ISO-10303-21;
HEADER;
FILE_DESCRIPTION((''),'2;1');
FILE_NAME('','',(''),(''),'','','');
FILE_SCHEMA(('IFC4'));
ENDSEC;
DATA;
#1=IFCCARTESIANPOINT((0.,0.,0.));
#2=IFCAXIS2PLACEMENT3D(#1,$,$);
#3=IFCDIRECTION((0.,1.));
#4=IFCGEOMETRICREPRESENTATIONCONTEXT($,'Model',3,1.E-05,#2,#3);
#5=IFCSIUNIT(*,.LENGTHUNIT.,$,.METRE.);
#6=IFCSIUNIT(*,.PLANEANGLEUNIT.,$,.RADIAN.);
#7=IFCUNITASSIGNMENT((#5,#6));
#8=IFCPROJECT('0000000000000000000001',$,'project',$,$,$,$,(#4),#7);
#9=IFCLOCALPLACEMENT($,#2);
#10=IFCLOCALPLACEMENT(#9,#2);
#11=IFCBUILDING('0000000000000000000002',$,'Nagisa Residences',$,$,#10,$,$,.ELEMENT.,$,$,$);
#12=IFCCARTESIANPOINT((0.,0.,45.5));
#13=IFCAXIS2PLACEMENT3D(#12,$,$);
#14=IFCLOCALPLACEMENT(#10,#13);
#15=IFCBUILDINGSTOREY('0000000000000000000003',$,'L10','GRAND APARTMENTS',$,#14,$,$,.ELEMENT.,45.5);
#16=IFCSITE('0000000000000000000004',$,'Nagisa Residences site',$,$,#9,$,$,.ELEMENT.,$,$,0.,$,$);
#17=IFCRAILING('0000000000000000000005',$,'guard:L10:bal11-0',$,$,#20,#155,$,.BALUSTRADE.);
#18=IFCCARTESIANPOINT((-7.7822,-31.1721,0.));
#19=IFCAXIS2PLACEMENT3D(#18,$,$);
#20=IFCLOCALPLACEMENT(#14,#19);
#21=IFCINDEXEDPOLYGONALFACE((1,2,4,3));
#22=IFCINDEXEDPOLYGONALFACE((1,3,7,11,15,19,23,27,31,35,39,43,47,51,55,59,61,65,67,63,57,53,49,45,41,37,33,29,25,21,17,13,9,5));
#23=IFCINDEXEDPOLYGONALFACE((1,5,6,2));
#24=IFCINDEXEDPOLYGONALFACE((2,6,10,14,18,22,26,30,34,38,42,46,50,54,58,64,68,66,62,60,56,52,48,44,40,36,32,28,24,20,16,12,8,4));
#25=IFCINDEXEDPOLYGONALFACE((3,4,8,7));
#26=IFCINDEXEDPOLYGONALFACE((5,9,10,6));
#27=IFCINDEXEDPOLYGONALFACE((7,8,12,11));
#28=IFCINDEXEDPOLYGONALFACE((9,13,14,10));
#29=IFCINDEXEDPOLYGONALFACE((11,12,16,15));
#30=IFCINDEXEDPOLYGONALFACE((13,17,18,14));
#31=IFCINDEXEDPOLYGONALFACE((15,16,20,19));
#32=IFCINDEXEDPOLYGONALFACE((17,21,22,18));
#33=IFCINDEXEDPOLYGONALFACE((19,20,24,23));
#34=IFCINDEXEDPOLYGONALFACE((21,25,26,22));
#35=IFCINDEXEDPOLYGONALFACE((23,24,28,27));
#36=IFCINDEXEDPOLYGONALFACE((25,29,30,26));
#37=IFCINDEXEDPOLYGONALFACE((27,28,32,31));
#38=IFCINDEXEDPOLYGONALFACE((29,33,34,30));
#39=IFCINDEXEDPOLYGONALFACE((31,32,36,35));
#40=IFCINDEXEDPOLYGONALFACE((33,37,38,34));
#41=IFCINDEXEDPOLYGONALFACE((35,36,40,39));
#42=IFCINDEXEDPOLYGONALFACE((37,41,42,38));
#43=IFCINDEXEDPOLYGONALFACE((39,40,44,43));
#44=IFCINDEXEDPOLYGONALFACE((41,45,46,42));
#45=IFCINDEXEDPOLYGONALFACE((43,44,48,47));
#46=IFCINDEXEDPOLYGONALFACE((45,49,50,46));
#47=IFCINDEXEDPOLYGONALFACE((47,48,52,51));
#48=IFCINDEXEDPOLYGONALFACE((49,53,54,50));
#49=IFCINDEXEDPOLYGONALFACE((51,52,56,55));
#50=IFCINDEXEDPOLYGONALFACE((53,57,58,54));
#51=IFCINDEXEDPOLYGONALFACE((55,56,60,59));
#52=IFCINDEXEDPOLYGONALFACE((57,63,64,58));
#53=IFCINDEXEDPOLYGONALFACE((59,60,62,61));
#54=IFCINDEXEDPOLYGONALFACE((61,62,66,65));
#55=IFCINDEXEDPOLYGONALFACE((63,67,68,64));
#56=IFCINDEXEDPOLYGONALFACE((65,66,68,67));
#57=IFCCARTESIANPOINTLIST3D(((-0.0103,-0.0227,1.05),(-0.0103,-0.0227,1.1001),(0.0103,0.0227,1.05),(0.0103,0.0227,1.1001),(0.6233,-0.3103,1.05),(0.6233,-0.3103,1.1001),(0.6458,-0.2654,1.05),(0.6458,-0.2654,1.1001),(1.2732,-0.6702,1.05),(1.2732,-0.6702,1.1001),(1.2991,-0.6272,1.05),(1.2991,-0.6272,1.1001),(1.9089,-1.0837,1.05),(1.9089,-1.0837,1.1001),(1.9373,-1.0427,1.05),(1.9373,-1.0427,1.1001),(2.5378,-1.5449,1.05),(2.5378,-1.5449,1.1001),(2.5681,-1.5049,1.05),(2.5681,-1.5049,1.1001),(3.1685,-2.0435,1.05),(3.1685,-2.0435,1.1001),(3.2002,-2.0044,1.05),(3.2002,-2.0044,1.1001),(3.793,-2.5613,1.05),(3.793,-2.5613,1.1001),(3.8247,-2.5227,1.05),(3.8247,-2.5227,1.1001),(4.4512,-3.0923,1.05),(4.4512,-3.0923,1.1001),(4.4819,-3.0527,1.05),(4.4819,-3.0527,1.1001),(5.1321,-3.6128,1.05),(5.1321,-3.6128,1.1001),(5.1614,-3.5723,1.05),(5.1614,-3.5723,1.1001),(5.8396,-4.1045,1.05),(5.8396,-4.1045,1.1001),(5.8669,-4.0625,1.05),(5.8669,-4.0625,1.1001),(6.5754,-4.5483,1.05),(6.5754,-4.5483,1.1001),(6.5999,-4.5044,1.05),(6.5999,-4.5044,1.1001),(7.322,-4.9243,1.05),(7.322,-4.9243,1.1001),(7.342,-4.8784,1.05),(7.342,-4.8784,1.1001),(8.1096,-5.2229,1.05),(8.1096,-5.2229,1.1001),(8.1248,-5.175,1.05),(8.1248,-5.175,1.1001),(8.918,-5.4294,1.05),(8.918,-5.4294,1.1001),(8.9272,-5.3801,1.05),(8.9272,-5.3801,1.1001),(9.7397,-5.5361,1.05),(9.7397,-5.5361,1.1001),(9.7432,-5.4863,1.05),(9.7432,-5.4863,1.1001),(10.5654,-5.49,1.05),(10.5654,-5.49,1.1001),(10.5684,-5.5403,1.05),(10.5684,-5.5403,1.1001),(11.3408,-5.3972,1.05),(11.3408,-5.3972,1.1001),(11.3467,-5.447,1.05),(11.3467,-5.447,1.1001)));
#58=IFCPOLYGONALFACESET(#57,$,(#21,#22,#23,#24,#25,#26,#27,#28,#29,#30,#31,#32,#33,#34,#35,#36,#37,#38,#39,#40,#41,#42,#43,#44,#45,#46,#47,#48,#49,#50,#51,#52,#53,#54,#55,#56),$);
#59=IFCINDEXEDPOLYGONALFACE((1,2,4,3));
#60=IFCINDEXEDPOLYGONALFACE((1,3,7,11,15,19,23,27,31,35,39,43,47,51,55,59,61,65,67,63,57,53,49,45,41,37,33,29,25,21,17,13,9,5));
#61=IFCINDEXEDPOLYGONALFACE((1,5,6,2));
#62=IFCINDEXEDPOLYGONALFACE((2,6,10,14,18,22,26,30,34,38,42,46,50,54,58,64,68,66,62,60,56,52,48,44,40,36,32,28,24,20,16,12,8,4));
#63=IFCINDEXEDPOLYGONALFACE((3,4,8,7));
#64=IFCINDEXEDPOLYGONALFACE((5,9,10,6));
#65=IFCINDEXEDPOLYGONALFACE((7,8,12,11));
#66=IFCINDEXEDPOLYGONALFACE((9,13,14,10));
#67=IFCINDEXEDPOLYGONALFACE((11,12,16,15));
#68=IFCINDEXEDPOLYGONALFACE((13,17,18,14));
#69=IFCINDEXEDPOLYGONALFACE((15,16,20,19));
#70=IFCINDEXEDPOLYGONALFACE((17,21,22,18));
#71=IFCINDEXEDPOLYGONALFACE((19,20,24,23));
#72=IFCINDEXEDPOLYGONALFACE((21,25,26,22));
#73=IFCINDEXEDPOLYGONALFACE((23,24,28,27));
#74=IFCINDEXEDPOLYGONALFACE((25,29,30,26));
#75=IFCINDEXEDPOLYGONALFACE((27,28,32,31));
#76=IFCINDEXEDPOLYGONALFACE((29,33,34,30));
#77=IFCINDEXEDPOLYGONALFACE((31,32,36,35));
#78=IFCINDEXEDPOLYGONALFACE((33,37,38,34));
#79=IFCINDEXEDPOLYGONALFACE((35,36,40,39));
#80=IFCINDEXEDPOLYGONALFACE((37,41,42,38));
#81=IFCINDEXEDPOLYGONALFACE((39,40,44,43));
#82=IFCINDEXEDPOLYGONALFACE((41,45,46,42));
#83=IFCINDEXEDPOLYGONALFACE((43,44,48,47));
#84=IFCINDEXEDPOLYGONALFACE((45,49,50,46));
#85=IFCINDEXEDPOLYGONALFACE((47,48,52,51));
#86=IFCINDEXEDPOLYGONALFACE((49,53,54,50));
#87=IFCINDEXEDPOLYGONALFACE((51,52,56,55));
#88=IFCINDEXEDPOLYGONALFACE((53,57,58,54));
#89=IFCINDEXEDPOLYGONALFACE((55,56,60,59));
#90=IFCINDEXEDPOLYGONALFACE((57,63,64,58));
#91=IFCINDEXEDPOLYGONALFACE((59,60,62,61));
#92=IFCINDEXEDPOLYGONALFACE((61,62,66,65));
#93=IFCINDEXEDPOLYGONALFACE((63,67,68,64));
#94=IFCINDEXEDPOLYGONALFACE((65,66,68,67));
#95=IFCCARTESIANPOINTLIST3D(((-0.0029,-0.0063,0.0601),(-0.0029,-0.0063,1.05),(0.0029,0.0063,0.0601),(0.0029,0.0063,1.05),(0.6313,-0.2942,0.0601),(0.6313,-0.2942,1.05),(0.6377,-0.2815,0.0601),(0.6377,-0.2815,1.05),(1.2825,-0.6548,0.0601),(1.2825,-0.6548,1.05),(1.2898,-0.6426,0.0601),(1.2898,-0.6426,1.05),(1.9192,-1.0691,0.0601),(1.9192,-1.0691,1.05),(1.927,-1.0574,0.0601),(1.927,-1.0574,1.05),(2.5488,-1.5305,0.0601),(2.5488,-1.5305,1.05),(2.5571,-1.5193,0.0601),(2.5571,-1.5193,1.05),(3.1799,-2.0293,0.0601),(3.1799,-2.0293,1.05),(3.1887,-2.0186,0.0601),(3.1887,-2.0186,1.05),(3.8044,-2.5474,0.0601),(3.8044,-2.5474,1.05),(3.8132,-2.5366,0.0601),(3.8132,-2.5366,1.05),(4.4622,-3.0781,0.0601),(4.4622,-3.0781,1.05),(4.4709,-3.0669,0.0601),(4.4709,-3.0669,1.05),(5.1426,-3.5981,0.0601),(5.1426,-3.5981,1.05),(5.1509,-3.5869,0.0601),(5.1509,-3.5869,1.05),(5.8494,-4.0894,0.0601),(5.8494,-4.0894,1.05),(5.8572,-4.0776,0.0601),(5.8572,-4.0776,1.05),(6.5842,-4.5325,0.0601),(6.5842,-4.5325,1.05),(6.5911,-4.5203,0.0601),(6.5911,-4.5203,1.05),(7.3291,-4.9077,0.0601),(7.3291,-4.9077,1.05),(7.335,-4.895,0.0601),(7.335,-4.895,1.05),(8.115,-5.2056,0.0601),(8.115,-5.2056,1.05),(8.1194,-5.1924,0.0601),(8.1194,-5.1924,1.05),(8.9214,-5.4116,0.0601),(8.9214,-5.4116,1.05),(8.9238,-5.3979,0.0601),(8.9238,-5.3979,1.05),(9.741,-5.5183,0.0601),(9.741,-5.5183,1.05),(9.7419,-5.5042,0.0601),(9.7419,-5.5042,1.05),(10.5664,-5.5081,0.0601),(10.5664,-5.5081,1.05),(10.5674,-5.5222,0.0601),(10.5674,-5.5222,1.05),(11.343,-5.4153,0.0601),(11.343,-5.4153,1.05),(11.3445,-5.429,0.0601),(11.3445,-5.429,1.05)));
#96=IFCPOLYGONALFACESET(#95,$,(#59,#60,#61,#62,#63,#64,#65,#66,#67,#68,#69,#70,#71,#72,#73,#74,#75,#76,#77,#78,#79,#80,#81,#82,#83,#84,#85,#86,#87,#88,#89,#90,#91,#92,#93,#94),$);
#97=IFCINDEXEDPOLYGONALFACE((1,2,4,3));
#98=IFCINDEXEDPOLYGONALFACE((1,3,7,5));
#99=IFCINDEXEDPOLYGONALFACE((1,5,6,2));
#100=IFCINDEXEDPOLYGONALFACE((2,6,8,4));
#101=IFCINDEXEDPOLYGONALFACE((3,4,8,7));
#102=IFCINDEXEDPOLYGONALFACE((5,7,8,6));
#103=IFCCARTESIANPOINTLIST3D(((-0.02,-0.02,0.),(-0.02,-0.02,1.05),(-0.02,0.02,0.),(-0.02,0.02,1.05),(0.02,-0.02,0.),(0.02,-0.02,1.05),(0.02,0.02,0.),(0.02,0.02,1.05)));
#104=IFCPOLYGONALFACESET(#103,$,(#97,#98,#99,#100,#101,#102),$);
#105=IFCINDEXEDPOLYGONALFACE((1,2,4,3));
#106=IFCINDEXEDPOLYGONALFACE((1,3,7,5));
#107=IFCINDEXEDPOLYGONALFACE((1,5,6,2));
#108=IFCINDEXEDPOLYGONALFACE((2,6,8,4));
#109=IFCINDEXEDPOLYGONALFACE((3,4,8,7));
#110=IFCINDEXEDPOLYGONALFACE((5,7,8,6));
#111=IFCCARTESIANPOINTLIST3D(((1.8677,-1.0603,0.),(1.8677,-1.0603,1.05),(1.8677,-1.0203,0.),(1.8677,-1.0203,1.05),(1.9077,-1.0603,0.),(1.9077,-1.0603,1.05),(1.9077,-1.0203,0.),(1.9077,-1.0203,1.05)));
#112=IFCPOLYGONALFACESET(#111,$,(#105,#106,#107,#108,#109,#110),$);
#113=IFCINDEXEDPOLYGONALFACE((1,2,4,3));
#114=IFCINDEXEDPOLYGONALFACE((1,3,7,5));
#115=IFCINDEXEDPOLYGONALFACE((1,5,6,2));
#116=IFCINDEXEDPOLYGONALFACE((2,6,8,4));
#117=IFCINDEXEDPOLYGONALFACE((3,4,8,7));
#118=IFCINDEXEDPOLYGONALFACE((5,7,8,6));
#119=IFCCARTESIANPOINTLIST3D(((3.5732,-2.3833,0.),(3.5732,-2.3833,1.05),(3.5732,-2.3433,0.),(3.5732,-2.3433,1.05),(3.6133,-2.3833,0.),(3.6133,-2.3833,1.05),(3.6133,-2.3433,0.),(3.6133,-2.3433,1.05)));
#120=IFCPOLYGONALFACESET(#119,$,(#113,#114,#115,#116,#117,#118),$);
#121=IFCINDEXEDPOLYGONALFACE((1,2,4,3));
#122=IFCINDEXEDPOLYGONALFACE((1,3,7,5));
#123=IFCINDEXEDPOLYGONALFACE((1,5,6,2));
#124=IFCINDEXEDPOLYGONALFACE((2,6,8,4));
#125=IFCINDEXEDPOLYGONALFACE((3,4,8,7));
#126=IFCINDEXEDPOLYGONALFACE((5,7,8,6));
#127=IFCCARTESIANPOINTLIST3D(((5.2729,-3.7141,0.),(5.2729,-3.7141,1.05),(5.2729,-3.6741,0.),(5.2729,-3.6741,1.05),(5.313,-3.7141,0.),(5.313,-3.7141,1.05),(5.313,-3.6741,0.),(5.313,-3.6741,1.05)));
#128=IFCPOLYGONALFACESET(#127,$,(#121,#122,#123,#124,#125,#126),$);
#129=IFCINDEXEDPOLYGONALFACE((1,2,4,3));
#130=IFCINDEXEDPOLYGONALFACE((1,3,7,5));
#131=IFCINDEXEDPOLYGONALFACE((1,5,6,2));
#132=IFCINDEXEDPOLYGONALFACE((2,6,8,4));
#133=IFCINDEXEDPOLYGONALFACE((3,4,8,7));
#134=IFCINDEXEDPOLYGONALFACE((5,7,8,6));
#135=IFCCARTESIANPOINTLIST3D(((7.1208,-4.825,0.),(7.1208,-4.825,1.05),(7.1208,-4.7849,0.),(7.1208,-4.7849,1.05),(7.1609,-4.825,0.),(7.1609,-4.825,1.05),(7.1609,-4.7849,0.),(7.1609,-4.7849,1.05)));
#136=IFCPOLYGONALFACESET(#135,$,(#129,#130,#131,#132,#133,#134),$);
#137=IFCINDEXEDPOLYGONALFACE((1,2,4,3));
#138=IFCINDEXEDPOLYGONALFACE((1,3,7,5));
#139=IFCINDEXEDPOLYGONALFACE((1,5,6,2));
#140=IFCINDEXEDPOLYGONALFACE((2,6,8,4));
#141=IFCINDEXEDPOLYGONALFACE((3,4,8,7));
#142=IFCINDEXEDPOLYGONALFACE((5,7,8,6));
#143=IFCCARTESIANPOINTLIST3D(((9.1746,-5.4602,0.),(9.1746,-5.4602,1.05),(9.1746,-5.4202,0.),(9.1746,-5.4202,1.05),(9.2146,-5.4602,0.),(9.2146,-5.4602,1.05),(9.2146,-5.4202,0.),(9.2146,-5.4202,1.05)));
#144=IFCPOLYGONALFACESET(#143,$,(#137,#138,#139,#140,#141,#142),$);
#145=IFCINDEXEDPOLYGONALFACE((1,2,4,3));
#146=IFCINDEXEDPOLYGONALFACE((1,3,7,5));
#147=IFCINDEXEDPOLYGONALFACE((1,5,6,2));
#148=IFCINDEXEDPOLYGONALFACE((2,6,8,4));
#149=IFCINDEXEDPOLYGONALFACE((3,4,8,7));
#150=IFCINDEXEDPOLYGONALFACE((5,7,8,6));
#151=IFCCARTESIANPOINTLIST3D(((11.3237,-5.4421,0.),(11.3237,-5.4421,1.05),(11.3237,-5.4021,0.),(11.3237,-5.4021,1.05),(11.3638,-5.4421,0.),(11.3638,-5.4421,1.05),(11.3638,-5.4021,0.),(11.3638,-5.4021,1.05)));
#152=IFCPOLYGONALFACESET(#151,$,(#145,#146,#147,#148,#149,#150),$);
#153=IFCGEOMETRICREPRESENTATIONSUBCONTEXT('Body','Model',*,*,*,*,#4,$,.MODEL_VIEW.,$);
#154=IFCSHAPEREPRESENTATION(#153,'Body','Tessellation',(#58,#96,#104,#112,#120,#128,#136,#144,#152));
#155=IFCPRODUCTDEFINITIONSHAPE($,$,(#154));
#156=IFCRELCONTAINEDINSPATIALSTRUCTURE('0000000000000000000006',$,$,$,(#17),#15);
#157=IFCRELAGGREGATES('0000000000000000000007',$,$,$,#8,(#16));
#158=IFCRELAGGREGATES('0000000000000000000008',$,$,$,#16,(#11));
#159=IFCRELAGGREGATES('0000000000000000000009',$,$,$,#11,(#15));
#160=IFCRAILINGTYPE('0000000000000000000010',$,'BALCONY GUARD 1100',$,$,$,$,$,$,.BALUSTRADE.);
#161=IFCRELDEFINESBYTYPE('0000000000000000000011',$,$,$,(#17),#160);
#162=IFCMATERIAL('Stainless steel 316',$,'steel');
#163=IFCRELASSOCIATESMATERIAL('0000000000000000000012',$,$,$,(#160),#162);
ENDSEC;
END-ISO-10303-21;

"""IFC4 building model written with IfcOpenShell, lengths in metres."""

from ifc_helpers import new_model, si_unit, direction, frame, origin, origin_2d, place, context, subcontext, project, spatial, polyline, rectangle, outline, extrude, material, type_object, element, save


model = new_model("IFC4")

# Units and contexts
model_context = context("Model", 3, precision=1e-05, world=origin(), true_north=direction((0.0, 1.0)))
body_context = subcontext(model_context, "Body", "Model", "MODEL_VIEW")
ifc_project = project(units=[si_unit("LENGTHUNIT", "METRE"), si_unit("PLANEANGLEUNIT", "RADIAN")], contexts=[model_context])

# Site, building, storey
site_placement = place(None, origin())
site = spatial("IfcSite", under=ifc_project, at=site_placement, Name="Nagisa Residences site", CompositionType="ELEMENT", RefElevation=0.0)
building_placement = place(site_placement, origin())
building = spatial("IfcBuilding", under=site, at=building_placement, Name="Nagisa Residences", CompositionType="ELEMENT")
storey_placement = place(building_placement, frame((0.0, 0.0, 45.5)))
storey = spatial("IfcBuildingStorey", under=building, at=storey_placement, Name="L10", Description="GRAND APARTMENTS", CompositionType="ELEMENT", Elevation=45.5)

# Railing
ifc_material_1 = material(Name="Stainless steel 316", Category="steel")
railing_type = type_object("IfcRailingType", Name="BALCONY GUARD 1100", PredefinedType="BALUSTRADE", material=ifc_material_1)
railing_placement = place(storey_placement, frame((-7.7822, -31.1721, 0.0)))
element("IfcRailing", 1, at=railing_placement, inside=storey, type_object=railing_type, Name="guard:L10:bal11-0", PredefinedType="BALUSTRADE", context=body_context, shape_type="SweptSolid", body=[
    extrude(outline(polyline([(0.6458, -0.2654), (0.0103, 0.0227), (-0.0103, -0.0227), (0.6233, -0.3103), (1.2732, -0.6702), (1.9089, -1.0837), (2.5378, -1.5449), (3.1685, -2.0435), (3.793, -2.5613), (4.4512, -3.0923), (5.1321, -3.6128), (5.8396, -4.1045), (6.5754, -4.5483), (7.322, -4.9243), (8.1096, -5.2229), (8.918, -5.4294), (9.7397, -5.5361), (10.5684, -5.5403), (11.3467, -5.447), (11.3408, -5.3972), (10.5654, -5.49), (9.7432, -5.4863), (8.9272, -5.3801), (8.1248, -5.175), (7.342, -4.8784), (6.5999, -4.5044), (5.8669, -4.0625), (5.1614, -3.5723), (4.4819, -3.0527), (3.8247, -2.5227), (3.2002, -2.0044), (2.5681, -1.5049), (1.9373, -1.0427), (1.2991, -0.6272), (0.6458, -0.2654)])), frame((0.0, 0.0, 1.05)), (0.0, 0.0, 1.0), 0.05),
    extrude(outline(polyline([(0.6377, -0.2815), (0.0029, 0.0063), (-0.0029, -0.0063), (0.6313, -0.2942), (1.2825, -0.6548), (1.9192, -1.0691), (2.5488, -1.5305), (3.1799, -2.0293), (3.8044, -2.5474), (4.4622, -3.0781), (5.1426, -3.5981), (5.8494, -4.0894), (6.5842, -4.5325), (7.3291, -4.9077), (8.115, -5.2056), (8.9214, -5.4116), (9.741, -5.5183), (10.5674, -5.5222), (11.3445, -5.429), (11.343, -5.4153), (10.5664, -5.5081), (9.7419, -5.5042), (8.9238, -5.3979), (8.1194, -5.1924), (7.335, -4.895), (6.5911, -4.5203), (5.8572, -4.0776), (5.1509, -3.5869), (4.4709, -3.0669), (3.8132, -2.5366), (3.1887, -2.0186), (2.5571, -1.5193), (1.927, -1.0574), (1.2898, -0.6426), (0.6377, -0.2815)])), frame((0.0, 0.0, 0.0601)), (0.0, 0.0, 1.0), 0.99),
    extrude(rectangle(XDim=0.04, YDim=0.04, at=origin_2d()), origin(), (0.0, 0.0, 1.0), 1.05),
    extrude(rectangle(XDim=0.04, YDim=0.04, at=origin_2d()), frame((1.8877, -1.0403, 0.0)), (0.0, 0.0, 1.0), 1.05),
    extrude(rectangle(XDim=0.04, YDim=0.04, at=origin_2d()), frame((3.5933, -2.3633, 0.0)), (0.0, 0.0, 1.0), 1.05),
    extrude(rectangle(XDim=0.04, YDim=0.04, at=origin_2d()), frame((5.293, -3.6941, 0.0)), (0.0, 0.0, 1.0), 1.05),
    extrude(rectangle(XDim=0.04, YDim=0.04, at=origin_2d()), frame((7.1409, -4.8049, 0.0)), (0.0, 0.0, 1.0), 1.05),
    extrude(rectangle(XDim=0.04, YDim=0.04, at=origin_2d()), frame((9.1946, -5.4402, 0.0)), (0.0, 0.0, 1.0), 1.05),
    extrude(rectangle(XDim=0.04, YDim=0.04, at=origin_2d()), frame((11.3438, -5.4221, 0.0)), (0.0, 0.0, 1.0), 1.05),
])

save(model, "model.ifc")
